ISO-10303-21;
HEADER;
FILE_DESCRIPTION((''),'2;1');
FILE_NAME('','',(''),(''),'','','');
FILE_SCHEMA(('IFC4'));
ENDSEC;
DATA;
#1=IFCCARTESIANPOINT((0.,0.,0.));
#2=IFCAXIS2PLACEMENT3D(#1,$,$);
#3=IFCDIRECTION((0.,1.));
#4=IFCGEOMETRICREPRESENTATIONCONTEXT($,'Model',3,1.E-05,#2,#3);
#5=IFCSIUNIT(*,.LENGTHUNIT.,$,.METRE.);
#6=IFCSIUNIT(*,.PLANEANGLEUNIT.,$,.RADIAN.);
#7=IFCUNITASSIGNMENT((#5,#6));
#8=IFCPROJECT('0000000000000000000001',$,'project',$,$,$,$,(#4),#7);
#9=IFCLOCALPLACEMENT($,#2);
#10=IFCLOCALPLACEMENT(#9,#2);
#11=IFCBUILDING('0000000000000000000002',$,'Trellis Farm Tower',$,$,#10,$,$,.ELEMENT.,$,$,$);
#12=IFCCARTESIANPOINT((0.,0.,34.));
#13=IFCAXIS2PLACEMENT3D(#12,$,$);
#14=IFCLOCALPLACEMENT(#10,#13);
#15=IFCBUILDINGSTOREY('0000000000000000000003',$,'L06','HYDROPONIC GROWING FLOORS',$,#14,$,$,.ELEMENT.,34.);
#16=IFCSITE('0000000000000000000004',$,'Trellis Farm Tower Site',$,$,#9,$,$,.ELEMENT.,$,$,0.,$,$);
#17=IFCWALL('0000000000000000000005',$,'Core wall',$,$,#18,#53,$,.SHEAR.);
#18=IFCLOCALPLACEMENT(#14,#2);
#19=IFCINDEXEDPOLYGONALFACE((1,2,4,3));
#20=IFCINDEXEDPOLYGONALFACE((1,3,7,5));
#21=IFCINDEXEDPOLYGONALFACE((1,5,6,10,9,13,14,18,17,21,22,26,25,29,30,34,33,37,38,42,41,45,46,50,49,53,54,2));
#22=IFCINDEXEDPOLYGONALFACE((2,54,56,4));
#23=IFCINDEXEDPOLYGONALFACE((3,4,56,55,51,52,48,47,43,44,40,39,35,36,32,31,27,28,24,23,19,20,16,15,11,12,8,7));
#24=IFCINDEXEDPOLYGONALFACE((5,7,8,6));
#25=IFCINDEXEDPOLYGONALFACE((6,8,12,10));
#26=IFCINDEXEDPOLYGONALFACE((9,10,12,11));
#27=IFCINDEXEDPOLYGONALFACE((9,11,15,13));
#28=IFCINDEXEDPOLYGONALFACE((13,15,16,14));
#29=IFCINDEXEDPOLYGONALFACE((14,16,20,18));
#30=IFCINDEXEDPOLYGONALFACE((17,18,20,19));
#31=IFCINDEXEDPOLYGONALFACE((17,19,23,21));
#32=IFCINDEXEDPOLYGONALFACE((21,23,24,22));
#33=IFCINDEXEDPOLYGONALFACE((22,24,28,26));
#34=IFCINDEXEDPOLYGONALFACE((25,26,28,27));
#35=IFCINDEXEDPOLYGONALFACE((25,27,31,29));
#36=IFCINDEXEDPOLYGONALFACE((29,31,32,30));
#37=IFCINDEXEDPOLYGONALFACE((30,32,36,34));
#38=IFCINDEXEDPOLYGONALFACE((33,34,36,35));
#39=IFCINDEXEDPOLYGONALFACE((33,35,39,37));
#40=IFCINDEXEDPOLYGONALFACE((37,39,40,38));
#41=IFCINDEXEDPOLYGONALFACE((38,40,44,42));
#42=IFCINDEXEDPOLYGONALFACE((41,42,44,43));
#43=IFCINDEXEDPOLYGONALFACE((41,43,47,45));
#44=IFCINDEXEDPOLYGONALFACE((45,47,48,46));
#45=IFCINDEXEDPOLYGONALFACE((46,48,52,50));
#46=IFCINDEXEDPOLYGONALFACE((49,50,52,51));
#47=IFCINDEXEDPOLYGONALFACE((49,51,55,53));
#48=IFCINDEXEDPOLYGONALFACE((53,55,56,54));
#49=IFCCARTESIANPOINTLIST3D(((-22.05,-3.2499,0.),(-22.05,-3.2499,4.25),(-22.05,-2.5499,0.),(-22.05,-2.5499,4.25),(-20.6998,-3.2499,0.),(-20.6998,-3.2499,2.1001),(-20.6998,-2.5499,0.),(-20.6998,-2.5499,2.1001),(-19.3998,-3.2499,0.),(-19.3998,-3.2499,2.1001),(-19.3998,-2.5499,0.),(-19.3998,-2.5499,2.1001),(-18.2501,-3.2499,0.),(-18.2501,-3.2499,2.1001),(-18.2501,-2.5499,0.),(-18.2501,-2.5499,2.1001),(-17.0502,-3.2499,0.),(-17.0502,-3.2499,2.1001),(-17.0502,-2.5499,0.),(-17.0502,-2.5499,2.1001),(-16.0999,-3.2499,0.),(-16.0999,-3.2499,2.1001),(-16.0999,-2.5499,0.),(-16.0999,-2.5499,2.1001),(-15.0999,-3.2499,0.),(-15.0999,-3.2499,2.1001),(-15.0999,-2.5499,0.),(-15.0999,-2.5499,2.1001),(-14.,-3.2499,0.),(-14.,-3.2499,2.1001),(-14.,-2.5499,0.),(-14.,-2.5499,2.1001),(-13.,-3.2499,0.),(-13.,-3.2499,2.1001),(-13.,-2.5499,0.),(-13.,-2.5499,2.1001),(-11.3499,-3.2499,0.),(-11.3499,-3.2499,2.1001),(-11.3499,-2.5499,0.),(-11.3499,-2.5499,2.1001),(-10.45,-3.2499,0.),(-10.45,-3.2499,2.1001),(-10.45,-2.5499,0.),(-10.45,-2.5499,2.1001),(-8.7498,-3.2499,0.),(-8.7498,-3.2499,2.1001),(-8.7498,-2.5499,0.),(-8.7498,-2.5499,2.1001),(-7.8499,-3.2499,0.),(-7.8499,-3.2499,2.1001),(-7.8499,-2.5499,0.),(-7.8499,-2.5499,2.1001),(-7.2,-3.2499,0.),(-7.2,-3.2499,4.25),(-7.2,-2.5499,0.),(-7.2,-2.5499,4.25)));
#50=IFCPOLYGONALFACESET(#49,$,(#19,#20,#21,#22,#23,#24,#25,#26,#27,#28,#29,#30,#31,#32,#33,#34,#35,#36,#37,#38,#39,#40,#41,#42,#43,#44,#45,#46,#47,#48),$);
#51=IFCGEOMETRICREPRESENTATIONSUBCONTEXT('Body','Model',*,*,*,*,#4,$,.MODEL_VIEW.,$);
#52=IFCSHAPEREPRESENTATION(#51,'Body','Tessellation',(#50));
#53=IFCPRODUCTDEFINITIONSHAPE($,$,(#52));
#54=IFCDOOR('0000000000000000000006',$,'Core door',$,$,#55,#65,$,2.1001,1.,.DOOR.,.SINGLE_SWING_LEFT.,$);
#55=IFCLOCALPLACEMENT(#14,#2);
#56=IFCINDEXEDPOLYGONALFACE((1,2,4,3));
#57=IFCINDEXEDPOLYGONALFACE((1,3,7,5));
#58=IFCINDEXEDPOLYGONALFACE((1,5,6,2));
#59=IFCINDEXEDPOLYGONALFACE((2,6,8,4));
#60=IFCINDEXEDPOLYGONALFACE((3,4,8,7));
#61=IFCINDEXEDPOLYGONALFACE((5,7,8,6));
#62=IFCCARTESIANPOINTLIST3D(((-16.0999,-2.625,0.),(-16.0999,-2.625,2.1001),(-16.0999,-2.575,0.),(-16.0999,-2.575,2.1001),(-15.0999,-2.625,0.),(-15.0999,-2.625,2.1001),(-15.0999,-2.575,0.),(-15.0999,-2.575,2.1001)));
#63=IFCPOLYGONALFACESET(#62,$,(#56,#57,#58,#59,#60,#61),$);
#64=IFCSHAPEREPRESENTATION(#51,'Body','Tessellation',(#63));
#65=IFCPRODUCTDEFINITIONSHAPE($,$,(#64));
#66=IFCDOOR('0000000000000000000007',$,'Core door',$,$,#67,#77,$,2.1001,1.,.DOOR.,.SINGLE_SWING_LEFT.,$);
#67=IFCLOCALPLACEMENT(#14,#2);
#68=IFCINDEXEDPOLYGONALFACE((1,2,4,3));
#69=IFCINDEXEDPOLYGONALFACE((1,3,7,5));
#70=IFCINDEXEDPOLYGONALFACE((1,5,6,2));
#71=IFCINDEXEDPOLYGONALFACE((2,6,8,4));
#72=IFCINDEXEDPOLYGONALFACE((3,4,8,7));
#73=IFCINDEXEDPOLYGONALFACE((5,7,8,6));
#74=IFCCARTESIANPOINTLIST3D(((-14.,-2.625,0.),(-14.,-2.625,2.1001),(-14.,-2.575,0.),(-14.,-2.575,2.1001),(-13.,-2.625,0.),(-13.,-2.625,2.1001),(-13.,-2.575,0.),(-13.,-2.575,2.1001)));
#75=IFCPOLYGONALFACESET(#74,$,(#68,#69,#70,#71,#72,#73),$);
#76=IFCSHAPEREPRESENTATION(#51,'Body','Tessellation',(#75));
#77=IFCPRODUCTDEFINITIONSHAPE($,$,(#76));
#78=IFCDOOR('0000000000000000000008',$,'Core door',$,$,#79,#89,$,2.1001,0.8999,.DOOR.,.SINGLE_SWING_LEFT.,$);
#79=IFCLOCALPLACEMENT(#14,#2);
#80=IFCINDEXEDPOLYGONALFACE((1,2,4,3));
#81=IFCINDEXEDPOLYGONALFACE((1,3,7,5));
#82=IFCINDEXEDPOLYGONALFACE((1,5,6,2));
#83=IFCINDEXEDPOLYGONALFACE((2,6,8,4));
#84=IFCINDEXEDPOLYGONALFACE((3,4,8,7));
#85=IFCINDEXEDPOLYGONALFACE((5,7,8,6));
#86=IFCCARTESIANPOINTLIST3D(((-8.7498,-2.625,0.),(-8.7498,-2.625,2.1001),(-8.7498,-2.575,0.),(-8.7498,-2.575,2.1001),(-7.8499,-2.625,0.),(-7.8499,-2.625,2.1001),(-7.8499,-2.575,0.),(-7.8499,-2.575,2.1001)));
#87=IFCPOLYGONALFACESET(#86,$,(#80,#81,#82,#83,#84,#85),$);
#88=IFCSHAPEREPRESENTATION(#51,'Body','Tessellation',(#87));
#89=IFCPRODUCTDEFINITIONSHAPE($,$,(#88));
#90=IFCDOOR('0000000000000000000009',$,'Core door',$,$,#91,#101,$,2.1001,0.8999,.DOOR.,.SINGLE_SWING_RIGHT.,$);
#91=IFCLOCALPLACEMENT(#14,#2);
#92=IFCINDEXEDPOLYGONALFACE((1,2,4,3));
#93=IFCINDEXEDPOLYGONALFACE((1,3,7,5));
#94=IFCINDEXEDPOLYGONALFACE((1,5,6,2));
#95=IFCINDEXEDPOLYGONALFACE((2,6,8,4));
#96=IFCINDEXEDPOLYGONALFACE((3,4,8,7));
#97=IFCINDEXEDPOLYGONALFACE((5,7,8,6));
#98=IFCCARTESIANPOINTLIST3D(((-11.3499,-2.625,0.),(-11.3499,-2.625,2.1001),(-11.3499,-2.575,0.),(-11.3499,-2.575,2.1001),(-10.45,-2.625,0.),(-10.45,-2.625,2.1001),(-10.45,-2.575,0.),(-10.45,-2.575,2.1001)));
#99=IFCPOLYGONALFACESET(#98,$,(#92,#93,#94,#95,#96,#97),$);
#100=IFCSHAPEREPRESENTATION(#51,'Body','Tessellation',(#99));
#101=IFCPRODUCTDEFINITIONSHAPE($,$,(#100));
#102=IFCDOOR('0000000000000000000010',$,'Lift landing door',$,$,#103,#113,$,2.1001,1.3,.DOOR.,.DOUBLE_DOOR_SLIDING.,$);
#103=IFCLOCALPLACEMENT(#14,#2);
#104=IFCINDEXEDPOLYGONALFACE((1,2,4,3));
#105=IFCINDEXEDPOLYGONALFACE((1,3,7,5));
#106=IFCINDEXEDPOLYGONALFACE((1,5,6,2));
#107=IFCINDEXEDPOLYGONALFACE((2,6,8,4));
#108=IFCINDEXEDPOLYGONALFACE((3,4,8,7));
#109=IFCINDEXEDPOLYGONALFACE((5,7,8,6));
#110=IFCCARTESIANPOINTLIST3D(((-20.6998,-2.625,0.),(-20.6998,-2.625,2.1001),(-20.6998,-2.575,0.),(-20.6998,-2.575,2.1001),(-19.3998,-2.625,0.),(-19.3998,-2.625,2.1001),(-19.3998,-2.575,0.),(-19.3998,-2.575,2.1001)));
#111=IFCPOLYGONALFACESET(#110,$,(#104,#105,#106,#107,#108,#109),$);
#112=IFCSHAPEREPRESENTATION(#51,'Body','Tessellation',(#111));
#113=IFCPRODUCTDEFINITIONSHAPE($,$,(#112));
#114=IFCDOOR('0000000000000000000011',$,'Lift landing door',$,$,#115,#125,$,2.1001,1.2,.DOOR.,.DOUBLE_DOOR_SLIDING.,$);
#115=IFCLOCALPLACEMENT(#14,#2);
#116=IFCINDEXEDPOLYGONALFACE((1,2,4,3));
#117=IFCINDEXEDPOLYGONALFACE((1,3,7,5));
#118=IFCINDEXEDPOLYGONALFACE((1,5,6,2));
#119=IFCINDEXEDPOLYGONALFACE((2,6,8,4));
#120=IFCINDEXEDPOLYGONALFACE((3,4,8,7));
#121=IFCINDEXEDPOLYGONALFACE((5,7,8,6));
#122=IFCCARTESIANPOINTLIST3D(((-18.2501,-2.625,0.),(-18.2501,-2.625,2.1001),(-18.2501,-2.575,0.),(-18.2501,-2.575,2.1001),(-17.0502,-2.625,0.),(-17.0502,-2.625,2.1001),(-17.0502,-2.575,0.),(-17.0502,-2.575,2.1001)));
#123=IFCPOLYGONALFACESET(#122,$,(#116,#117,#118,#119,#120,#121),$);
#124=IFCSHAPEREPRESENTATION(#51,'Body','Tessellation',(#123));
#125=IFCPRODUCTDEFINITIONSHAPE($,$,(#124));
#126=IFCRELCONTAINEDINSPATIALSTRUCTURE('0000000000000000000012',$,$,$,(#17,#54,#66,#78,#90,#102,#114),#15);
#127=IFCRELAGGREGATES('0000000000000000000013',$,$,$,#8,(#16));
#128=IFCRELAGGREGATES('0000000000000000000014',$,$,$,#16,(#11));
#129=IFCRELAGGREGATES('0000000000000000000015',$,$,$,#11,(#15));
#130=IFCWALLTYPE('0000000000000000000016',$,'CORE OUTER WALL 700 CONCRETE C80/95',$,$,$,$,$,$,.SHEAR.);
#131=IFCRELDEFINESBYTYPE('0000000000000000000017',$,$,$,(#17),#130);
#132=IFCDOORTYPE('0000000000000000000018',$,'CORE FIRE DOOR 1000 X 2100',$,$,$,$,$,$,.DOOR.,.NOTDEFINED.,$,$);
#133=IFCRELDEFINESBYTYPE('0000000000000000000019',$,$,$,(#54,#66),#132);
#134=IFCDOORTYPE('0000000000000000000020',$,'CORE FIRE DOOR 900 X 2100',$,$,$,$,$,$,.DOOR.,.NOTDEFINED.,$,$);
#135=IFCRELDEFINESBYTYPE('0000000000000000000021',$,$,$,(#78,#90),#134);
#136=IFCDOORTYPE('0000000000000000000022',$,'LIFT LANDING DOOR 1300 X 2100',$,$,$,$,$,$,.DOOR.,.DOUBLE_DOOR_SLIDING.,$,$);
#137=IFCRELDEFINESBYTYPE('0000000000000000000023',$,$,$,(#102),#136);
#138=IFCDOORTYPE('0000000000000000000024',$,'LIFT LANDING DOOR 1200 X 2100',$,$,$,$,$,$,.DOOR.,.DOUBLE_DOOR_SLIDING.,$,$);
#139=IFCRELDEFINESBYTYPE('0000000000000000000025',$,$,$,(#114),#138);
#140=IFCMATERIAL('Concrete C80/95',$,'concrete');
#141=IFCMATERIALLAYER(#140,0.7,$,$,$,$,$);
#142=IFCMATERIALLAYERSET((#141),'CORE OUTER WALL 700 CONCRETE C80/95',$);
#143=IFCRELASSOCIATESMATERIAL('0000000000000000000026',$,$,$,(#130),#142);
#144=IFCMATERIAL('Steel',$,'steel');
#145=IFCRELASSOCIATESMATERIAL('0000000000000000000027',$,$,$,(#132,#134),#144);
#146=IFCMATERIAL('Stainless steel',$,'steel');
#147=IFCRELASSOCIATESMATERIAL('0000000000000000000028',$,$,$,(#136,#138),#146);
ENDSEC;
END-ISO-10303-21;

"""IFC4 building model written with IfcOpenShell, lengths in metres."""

from ifc_helpers import new_model, si_unit, direction, frame, frame_2d, origin, place, context, subcontext, project, spatial, rectangle, extrude, source, transform, mapped, material, layer, layer_set, type_object, element, fill, save


model = new_model("IFC4")

# Units and contexts
model_context = context("Model", 3, precision=1e-05, world=origin(), true_north=direction((0.0, 1.0)))
body_context = subcontext(model_context, "Body", "Model", "MODEL_VIEW")
ifc_project = project(units=[si_unit("LENGTHUNIT", "METRE"), si_unit("PLANEANGLEUNIT", "RADIAN")], contexts=[model_context])

# Site, building, storey
site_placement = place(None, origin())
site = spatial("IfcSite", under=ifc_project, at=site_placement, Name="Trellis Farm Tower Site", CompositionType="ELEMENT", RefElevation=0.0)
building_placement = place(site_placement, origin())
building = spatial("IfcBuilding", under=site, at=building_placement, Name="Trellis Farm Tower", CompositionType="ELEMENT")
storey_placement = place(building_placement, frame((0.0, 0.0, 34.0)))
storey = spatial("IfcBuildingStorey", under=building, at=storey_placement, Name="L06", Description="HYDROPONIC GROWING FLOORS", CompositionType="ELEMENT", Elevation=34.0)

# Shared definitions
ifc_material_1 = material(Name="Concrete C80/95", Category="concrete")

# Wall, openings, doors
ifc_layer_1 = layer(ifc_material_1, 0.7)
ifc_layer_set_1 = layer_set([ifc_layer_1], Name="CORE OUTER WALL 700 CONCRETE C80/95")
wall_type_1 = type_object("IfcWallType", Name="CORE OUTER WALL 700 CONCRETE C80/95", PredefinedType="SHEAR", material=ifc_layer_set_1)
shared_shape_1 = source(origin(), body_context, "Body", "SweptSolid", [
    extrude(rectangle(XDim=14.8501, YDim=0.7, at=frame_2d((7.425, 0.0))), origin(), (0.0, 0.0, 1.0), 4.25),
])
wall_1_placement = place(storey_placement, frame((-7.2, -2.8999, 0.0), z_axis=(0.0, 0.0, 1.0), x_axis=(-1.0, 0.0, 0.0)))
wall_1 = element("IfcWall", 1, at=wall_1_placement, inside=storey, type_object=wall_type_1, Name="Core wall", PredefinedType="SHEAR", context=body_context, shape_type="MappedRepresentation", body=[
    mapped(shared_shape_1, transform((0.0, 0.0, 0.0))),
])
shared_shape_2 = source(origin(), body_context, "Body", "SweptSolid", [
    extrude(rectangle(XDim=1.3, YDim=2.1001, at=frame_2d((0.6499, 1.05))), frame((0.0, 0.3601, 0.0), z_axis=(0.0, -1.0, 0.0), x_axis=(1.0, 0.0, 0.0)), (0.0, 0.0, 1.0), 0.7202),
])
opening_1_placement = place(wall_1_placement, frame((12.2, 0.0, 0.0)))
opening_1 = element("IfcOpeningElement", 2, at=opening_1_placement, cuts=wall_1, PredefinedType="OPENING", context=body_context, shape_type="MappedRepresentation", body=[
    mapped(shared_shape_2, transform((0.0, 0.0, 0.0))),
])
shared_shape_3 = source(origin(), body_context, "Body", "SweptSolid", [
    extrude(rectangle(XDim=1.2, YDim=2.1001, at=frame_2d((0.6001, 1.05))), frame((0.0, 0.3601, 0.0), z_axis=(0.0, -1.0, 0.0), x_axis=(1.0, 0.0, 0.0)), (0.0, 0.0, 1.0), 0.7202),
])
opening_2_placement = place(wall_1_placement, frame((9.8501, 0.0, 0.0)))
opening_2 = element("IfcOpeningElement", 3, at=opening_2_placement, cuts=wall_1, PredefinedType="OPENING", context=body_context, shape_type="MappedRepresentation", body=[
    mapped(shared_shape_3, transform((0.0, 0.0, 0.0))),
])
shared_shape_4 = source(origin(), body_context, "Body", "SweptSolid", [
    extrude(rectangle(XDim=1.0, YDim=2.1001, at=frame_2d((0.5, 1.05))), frame((0.0, 0.3601, 0.0), z_axis=(0.0, -1.0, 0.0), x_axis=(1.0, 0.0, 0.0)), (0.0, 0.0, 1.0), 0.7202),
])
opening_3_placement = place(wall_1_placement, frame((7.8999, 0.0, 0.0)))
opening_3 = element("IfcOpeningElement", 4, at=opening_3_placement, cuts=wall_1, PredefinedType="OPENING", context=body_context, shape_type="MappedRepresentation", body=[
    mapped(shared_shape_4, transform((0.0, 0.0, 0.0))),
])
shared_shape_5 = source(origin(), body_context, "Body", "SweptSolid", [
    extrude(rectangle(XDim=0.8999, YDim=2.1001, at=frame_2d((0.45, 1.05))), frame((0.0, 0.3601, 0.0), z_axis=(0.0, -1.0, 0.0), x_axis=(1.0, 0.0, 0.0)), (0.0, 0.0, 1.0), 0.7202),
])
opening_4_placement = place(wall_1_placement, frame((0.6499, 0.0, 0.0)))
opening_4 = element("IfcOpeningElement", 5, at=opening_4_placement, cuts=wall_1, PredefinedType="OPENING", context=body_context, shape_type="MappedRepresentation", body=[
    mapped(shared_shape_5, transform((0.0, 0.0, 0.0))),
])
opening_5_placement = place(wall_1_placement, frame((3.25, 0.0, 0.0)))
opening_5 = element("IfcOpeningElement", 6, at=opening_5_placement, cuts=wall_1, PredefinedType="OPENING", context=body_context, shape_type="MappedRepresentation", body=[
    mapped(shared_shape_5, transform((0.0, 0.0, 0.0))),
])
opening_6_placement = place(wall_1_placement, frame((5.8, 0.0, 0.0)))
opening_6 = element("IfcOpeningElement", 7, at=opening_6_placement, cuts=wall_1, PredefinedType="OPENING", context=body_context, shape_type="MappedRepresentation", body=[
    mapped(shared_shape_4, transform((0.0, 0.0, 0.0))),
])
ifc_material_2 = material(Name="Steel", Category="steel")
door_type_1 = type_object("IfcDoorType", Name="CORE FIRE DOOR 1000 X 2100", OperationType="NOTDEFINED", PredefinedType="DOOR", material=ifc_material_2)
shared_shape_6 = source(origin(), body_context, "Body", "SweptSolid", [
    extrude(rectangle(XDim=1.0, YDim=2.1001, at=frame_2d((0.5, 1.05))), frame((0.0, -0.2749, 0.0), z_axis=(0.0, -1.0, 0.0), x_axis=(1.0, 0.0, 0.0)), (0.0, 0.0, 1.0), 0.05),
])
door_1_placement = place(opening_3_placement, origin())
door_1 = element("IfcDoor", 8, at=door_1_placement, inside=storey, type_object=door_type_1, Name="Core door", OperationType="SINGLE_SWING_LEFT", OverallHeight=2.1001, OverallWidth=1.0, PredefinedType="DOOR", context=body_context, shape_type="MappedRepresentation", body=[
    mapped(shared_shape_6, transform((0.0, 0.0, 0.0))),
])
fill(opening_3, door_1)
door_2_placement = place(opening_6_placement, origin())
door_2 = element("IfcDoor", 9, at=door_2_placement, inside=storey, type_object=door_type_1, Name="Core door", OperationType="SINGLE_SWING_LEFT", OverallHeight=2.1001, OverallWidth=1.0, PredefinedType="DOOR", context=body_context, shape_type="MappedRepresentation", body=[
    mapped(shared_shape_6, transform((0.0, 0.0, 0.0))),
])
fill(opening_6, door_2)
door_type_2 = type_object("IfcDoorType", Name="CORE FIRE DOOR 900 X 2100", OperationType="NOTDEFINED", PredefinedType="DOOR", material=ifc_material_2)
shared_shape_7 = source(origin(), body_context, "Body", "SweptSolid", [
    extrude(rectangle(XDim=0.8999, YDim=2.1001, at=frame_2d((0.45, 1.05))), frame((0.0, -0.2749, 0.0), z_axis=(0.0, -1.0, 0.0), x_axis=(1.0, 0.0, 0.0)), (0.0, 0.0, 1.0), 0.05),
])
door_3_placement = place(opening_4_placement, origin())
door_3 = element("IfcDoor", 10, at=door_3_placement, inside=storey, type_object=door_type_2, Name="Core door", OperationType="SINGLE_SWING_LEFT", OverallHeight=2.1001, OverallWidth=0.8999, PredefinedType="DOOR", context=body_context, shape_type="MappedRepresentation", body=[
    mapped(shared_shape_7, transform((0.0, 0.0, 0.0))),
])
fill(opening_4, door_3)
door_4_placement = place(opening_5_placement, origin())
door_4 = element("IfcDoor", 11, at=door_4_placement, inside=storey, type_object=door_type_2, Name="Core door", OperationType="SINGLE_SWING_RIGHT", OverallHeight=2.1001, OverallWidth=0.8999, PredefinedType="DOOR", context=body_context, shape_type="MappedRepresentation", body=[
    mapped(shared_shape_7, transform((0.0, 0.0, 0.0))),
])
fill(opening_5, door_4)
ifc_material_3 = material(Name="Stainless steel", Category="steel")
door_type_3 = type_object("IfcDoorType", Name="LIFT LANDING DOOR 1300 X 2100", OperationType="DOUBLE_DOOR_SLIDING", PredefinedType="DOOR", material=ifc_material_3)
shared_shape_8 = source(origin(), body_context, "Body", "SweptSolid", [
    extrude(rectangle(XDim=1.3, YDim=2.1001, at=frame_2d((0.6499, 1.05))), frame((0.0, -0.2749, 0.0), z_axis=(0.0, -1.0, 0.0), x_axis=(1.0, 0.0, 0.0)), (0.0, 0.0, 1.0), 0.05),
])
door_5_placement = place(opening_1_placement, origin())
door_5 = element("IfcDoor", 12, at=door_5_placement, inside=storey, type_object=door_type_3, Name="Lift landing door", OperationType="DOUBLE_DOOR_SLIDING", OverallHeight=2.1001, OverallWidth=1.3, PredefinedType="DOOR", context=body_context, shape_type="MappedRepresentation", body=[
    mapped(shared_shape_8, transform((0.0, 0.0, 0.0))),
])
fill(opening_1, door_5)
door_type_4 = type_object("IfcDoorType", Name="LIFT LANDING DOOR 1200 X 2100", OperationType="DOUBLE_DOOR_SLIDING", PredefinedType="DOOR", material=ifc_material_3)
shared_shape_9 = source(origin(), body_context, "Body", "SweptSolid", [
    extrude(rectangle(XDim=1.2, YDim=2.1001, at=frame_2d((0.6001, 1.05))), frame((0.0, -0.2749, 0.0), z_axis=(0.0, -1.0, 0.0), x_axis=(1.0, 0.0, 0.0)), (0.0, 0.0, 1.0), 0.05),
])
door_6_placement = place(opening_2_placement, origin())
door_6 = element("IfcDoor", 13, at=door_6_placement, inside=storey, type_object=door_type_4, Name="Lift landing door", OperationType="DOUBLE_DOOR_SLIDING", OverallHeight=2.1001, OverallWidth=1.2, PredefinedType="DOOR", context=body_context, shape_type="MappedRepresentation", body=[
    mapped(shared_shape_9, transform((0.0, 0.0, 0.0))),
])
fill(opening_2, door_6)

save(model, "model.ifc")
